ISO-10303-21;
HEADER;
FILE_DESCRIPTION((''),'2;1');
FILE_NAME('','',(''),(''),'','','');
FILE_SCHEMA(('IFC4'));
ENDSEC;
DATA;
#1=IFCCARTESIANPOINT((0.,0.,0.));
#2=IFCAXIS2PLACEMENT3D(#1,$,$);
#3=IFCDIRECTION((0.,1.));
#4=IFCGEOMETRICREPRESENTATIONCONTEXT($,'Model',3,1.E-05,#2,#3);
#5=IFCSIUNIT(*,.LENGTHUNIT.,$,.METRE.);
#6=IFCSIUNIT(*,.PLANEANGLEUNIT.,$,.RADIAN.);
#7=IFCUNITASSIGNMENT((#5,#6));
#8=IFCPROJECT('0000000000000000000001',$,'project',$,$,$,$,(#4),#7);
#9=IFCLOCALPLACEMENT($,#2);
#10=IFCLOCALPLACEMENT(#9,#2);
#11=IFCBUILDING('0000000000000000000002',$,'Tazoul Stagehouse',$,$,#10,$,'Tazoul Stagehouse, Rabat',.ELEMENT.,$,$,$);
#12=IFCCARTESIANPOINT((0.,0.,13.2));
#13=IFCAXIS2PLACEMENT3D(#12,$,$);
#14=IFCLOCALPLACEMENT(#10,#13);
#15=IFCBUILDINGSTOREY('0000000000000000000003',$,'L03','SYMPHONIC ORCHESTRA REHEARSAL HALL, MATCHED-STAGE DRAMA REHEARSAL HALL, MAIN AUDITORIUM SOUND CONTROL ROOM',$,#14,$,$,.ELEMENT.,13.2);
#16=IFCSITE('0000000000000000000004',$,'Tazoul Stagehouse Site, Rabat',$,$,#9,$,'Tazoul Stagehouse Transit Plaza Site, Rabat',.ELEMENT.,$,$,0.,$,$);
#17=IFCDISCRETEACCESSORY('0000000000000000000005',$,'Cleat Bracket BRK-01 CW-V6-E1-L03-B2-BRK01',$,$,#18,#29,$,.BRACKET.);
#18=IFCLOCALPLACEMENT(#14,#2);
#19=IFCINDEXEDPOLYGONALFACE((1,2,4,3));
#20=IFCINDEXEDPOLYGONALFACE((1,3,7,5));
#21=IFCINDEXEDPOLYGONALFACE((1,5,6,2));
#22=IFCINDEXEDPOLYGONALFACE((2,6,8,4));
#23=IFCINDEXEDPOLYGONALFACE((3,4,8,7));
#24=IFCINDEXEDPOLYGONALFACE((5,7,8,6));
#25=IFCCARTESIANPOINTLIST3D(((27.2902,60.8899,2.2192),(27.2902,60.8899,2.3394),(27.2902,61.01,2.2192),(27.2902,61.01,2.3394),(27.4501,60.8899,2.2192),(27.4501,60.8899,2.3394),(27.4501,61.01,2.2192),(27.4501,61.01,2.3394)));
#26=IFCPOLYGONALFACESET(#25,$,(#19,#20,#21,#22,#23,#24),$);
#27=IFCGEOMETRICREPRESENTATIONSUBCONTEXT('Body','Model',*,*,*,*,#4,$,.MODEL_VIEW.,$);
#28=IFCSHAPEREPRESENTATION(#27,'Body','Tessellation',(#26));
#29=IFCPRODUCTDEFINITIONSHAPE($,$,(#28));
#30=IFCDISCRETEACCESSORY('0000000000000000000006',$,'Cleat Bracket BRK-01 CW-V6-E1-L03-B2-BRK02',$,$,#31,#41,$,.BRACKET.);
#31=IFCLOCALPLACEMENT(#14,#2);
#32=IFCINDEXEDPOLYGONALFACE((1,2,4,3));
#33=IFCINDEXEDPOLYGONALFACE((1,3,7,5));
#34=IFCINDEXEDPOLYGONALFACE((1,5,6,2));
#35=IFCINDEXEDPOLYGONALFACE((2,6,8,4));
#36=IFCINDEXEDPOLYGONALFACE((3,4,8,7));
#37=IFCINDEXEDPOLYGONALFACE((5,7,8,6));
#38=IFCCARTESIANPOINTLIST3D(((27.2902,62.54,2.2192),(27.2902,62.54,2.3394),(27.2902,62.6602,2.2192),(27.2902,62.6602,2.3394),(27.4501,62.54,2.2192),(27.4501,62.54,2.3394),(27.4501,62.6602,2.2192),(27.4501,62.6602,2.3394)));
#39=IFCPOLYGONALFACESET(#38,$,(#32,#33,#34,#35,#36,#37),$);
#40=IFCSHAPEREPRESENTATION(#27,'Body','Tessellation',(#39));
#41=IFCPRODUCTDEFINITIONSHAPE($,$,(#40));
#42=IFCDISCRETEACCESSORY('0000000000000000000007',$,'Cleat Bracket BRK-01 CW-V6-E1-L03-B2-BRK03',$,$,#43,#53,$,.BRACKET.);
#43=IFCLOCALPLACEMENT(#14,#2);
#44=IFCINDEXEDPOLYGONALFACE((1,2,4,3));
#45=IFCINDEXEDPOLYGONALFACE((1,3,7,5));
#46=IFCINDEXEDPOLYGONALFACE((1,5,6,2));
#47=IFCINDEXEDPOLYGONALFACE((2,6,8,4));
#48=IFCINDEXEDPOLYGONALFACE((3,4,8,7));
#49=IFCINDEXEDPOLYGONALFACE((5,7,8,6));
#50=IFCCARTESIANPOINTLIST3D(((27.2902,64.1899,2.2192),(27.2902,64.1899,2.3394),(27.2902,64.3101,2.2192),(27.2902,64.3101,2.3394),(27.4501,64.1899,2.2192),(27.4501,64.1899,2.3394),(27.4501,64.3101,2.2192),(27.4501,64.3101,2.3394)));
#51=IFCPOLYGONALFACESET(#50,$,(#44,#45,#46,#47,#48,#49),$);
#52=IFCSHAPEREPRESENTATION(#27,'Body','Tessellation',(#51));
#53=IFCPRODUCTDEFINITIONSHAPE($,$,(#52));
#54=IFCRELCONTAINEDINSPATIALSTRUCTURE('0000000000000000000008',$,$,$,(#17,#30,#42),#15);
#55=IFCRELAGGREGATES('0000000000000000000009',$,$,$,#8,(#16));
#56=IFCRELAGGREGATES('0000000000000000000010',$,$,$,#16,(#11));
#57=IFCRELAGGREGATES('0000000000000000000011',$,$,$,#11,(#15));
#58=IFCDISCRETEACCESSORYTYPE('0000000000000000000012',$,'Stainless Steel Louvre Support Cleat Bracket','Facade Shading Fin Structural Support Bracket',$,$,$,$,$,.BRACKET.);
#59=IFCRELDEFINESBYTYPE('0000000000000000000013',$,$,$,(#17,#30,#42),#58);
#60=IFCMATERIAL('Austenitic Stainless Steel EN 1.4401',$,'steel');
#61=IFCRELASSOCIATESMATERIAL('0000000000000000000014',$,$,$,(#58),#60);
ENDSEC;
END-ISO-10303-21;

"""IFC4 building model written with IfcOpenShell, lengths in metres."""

from ifc_helpers import new_model, si_unit, direction, frame, origin, origin_2d, place, context, subcontext, project, spatial, rectangle, extrude, material, type_object, element, save


model = new_model("IFC4")

# Units and contexts
model_context = context("Model", 3, precision=1e-05, world=origin(), true_north=direction((0.0, 1.0)))
body_context = subcontext(model_context, "Body", "Model", "MODEL_VIEW")
ifc_project = project(units=[si_unit("LENGTHUNIT", "METRE"), si_unit("PLANEANGLEUNIT", "RADIAN")], contexts=[model_context])

# Site, building, storey
site_placement = place(None, origin())
site = spatial("IfcSite", under=ifc_project, at=site_placement, Name="Tazoul Stagehouse Site, Rabat", LongName="Tazoul Stagehouse Transit Plaza Site, Rabat", CompositionType="ELEMENT", RefElevation=0.0)
building_placement = place(site_placement, origin())
building = spatial("IfcBuilding", under=site, at=building_placement, Name="Tazoul Stagehouse", LongName="Tazoul Stagehouse, Rabat", CompositionType="ELEMENT")
storey_placement = place(building_placement, frame((0.0, 0.0, 13.2)))
storey = spatial("IfcBuildingStorey", under=building, at=storey_placement, Name="L03", Description="SYMPHONIC ORCHESTRA REHEARSAL HALL, MATCHED-STAGE DRAMA REHEARSAL HALL, MAIN AUDITORIUM SOUND CONTROL ROOM", CompositionType="ELEMENT", Elevation=13.2)

# Discrete accessories
ifc_material = material(Name="Austenitic Stainless Steel EN 1.4401", Category="steel")
discrete_accessory_type = type_object("IfcDiscreteAccessoryType", Name="Stainless Steel Louvre Support Cleat Bracket", Description="Facade Shading Fin Structural Support Bracket", PredefinedType="BRACKET", material=ifc_material)
for number, where, z_axis, x_axis, name in (
    (1, (27.3701, 60.95, 2.2192), (0.0, 0.0, 1.0), (0.0, 1.0, 0.0), "Cleat Bracket BRK-01 CW-V6-E1-L03-B2-BRK01"),
    (2, (27.3701, 62.6001, 2.2192), (0.0, 0.0, 1.0), (0.0, 1.0, 0.0), "Cleat Bracket BRK-01 CW-V6-E1-L03-B2-BRK02"),
    (3, (27.3701, 64.25, 2.2192), (0.0, 0.0, 1.0), (0.0, 1.0, 0.0), "Cleat Bracket BRK-01 CW-V6-E1-L03-B2-BRK03"),
):
    element("IfcDiscreteAccessory", number, at=place(storey_placement, frame(where, z_axis=z_axis, x_axis=x_axis)), inside=storey, type_object=discrete_accessory_type, Name=name, PredefinedType="BRACKET", context=body_context, shape_type="SweptSolid", body=[
        extrude(rectangle(XDim=0.1201, YDim=0.1599, at=origin_2d()), origin(), (0.0, 0.0, 1.0), 0.1201),
    ])

save(model, "model.ifc")
